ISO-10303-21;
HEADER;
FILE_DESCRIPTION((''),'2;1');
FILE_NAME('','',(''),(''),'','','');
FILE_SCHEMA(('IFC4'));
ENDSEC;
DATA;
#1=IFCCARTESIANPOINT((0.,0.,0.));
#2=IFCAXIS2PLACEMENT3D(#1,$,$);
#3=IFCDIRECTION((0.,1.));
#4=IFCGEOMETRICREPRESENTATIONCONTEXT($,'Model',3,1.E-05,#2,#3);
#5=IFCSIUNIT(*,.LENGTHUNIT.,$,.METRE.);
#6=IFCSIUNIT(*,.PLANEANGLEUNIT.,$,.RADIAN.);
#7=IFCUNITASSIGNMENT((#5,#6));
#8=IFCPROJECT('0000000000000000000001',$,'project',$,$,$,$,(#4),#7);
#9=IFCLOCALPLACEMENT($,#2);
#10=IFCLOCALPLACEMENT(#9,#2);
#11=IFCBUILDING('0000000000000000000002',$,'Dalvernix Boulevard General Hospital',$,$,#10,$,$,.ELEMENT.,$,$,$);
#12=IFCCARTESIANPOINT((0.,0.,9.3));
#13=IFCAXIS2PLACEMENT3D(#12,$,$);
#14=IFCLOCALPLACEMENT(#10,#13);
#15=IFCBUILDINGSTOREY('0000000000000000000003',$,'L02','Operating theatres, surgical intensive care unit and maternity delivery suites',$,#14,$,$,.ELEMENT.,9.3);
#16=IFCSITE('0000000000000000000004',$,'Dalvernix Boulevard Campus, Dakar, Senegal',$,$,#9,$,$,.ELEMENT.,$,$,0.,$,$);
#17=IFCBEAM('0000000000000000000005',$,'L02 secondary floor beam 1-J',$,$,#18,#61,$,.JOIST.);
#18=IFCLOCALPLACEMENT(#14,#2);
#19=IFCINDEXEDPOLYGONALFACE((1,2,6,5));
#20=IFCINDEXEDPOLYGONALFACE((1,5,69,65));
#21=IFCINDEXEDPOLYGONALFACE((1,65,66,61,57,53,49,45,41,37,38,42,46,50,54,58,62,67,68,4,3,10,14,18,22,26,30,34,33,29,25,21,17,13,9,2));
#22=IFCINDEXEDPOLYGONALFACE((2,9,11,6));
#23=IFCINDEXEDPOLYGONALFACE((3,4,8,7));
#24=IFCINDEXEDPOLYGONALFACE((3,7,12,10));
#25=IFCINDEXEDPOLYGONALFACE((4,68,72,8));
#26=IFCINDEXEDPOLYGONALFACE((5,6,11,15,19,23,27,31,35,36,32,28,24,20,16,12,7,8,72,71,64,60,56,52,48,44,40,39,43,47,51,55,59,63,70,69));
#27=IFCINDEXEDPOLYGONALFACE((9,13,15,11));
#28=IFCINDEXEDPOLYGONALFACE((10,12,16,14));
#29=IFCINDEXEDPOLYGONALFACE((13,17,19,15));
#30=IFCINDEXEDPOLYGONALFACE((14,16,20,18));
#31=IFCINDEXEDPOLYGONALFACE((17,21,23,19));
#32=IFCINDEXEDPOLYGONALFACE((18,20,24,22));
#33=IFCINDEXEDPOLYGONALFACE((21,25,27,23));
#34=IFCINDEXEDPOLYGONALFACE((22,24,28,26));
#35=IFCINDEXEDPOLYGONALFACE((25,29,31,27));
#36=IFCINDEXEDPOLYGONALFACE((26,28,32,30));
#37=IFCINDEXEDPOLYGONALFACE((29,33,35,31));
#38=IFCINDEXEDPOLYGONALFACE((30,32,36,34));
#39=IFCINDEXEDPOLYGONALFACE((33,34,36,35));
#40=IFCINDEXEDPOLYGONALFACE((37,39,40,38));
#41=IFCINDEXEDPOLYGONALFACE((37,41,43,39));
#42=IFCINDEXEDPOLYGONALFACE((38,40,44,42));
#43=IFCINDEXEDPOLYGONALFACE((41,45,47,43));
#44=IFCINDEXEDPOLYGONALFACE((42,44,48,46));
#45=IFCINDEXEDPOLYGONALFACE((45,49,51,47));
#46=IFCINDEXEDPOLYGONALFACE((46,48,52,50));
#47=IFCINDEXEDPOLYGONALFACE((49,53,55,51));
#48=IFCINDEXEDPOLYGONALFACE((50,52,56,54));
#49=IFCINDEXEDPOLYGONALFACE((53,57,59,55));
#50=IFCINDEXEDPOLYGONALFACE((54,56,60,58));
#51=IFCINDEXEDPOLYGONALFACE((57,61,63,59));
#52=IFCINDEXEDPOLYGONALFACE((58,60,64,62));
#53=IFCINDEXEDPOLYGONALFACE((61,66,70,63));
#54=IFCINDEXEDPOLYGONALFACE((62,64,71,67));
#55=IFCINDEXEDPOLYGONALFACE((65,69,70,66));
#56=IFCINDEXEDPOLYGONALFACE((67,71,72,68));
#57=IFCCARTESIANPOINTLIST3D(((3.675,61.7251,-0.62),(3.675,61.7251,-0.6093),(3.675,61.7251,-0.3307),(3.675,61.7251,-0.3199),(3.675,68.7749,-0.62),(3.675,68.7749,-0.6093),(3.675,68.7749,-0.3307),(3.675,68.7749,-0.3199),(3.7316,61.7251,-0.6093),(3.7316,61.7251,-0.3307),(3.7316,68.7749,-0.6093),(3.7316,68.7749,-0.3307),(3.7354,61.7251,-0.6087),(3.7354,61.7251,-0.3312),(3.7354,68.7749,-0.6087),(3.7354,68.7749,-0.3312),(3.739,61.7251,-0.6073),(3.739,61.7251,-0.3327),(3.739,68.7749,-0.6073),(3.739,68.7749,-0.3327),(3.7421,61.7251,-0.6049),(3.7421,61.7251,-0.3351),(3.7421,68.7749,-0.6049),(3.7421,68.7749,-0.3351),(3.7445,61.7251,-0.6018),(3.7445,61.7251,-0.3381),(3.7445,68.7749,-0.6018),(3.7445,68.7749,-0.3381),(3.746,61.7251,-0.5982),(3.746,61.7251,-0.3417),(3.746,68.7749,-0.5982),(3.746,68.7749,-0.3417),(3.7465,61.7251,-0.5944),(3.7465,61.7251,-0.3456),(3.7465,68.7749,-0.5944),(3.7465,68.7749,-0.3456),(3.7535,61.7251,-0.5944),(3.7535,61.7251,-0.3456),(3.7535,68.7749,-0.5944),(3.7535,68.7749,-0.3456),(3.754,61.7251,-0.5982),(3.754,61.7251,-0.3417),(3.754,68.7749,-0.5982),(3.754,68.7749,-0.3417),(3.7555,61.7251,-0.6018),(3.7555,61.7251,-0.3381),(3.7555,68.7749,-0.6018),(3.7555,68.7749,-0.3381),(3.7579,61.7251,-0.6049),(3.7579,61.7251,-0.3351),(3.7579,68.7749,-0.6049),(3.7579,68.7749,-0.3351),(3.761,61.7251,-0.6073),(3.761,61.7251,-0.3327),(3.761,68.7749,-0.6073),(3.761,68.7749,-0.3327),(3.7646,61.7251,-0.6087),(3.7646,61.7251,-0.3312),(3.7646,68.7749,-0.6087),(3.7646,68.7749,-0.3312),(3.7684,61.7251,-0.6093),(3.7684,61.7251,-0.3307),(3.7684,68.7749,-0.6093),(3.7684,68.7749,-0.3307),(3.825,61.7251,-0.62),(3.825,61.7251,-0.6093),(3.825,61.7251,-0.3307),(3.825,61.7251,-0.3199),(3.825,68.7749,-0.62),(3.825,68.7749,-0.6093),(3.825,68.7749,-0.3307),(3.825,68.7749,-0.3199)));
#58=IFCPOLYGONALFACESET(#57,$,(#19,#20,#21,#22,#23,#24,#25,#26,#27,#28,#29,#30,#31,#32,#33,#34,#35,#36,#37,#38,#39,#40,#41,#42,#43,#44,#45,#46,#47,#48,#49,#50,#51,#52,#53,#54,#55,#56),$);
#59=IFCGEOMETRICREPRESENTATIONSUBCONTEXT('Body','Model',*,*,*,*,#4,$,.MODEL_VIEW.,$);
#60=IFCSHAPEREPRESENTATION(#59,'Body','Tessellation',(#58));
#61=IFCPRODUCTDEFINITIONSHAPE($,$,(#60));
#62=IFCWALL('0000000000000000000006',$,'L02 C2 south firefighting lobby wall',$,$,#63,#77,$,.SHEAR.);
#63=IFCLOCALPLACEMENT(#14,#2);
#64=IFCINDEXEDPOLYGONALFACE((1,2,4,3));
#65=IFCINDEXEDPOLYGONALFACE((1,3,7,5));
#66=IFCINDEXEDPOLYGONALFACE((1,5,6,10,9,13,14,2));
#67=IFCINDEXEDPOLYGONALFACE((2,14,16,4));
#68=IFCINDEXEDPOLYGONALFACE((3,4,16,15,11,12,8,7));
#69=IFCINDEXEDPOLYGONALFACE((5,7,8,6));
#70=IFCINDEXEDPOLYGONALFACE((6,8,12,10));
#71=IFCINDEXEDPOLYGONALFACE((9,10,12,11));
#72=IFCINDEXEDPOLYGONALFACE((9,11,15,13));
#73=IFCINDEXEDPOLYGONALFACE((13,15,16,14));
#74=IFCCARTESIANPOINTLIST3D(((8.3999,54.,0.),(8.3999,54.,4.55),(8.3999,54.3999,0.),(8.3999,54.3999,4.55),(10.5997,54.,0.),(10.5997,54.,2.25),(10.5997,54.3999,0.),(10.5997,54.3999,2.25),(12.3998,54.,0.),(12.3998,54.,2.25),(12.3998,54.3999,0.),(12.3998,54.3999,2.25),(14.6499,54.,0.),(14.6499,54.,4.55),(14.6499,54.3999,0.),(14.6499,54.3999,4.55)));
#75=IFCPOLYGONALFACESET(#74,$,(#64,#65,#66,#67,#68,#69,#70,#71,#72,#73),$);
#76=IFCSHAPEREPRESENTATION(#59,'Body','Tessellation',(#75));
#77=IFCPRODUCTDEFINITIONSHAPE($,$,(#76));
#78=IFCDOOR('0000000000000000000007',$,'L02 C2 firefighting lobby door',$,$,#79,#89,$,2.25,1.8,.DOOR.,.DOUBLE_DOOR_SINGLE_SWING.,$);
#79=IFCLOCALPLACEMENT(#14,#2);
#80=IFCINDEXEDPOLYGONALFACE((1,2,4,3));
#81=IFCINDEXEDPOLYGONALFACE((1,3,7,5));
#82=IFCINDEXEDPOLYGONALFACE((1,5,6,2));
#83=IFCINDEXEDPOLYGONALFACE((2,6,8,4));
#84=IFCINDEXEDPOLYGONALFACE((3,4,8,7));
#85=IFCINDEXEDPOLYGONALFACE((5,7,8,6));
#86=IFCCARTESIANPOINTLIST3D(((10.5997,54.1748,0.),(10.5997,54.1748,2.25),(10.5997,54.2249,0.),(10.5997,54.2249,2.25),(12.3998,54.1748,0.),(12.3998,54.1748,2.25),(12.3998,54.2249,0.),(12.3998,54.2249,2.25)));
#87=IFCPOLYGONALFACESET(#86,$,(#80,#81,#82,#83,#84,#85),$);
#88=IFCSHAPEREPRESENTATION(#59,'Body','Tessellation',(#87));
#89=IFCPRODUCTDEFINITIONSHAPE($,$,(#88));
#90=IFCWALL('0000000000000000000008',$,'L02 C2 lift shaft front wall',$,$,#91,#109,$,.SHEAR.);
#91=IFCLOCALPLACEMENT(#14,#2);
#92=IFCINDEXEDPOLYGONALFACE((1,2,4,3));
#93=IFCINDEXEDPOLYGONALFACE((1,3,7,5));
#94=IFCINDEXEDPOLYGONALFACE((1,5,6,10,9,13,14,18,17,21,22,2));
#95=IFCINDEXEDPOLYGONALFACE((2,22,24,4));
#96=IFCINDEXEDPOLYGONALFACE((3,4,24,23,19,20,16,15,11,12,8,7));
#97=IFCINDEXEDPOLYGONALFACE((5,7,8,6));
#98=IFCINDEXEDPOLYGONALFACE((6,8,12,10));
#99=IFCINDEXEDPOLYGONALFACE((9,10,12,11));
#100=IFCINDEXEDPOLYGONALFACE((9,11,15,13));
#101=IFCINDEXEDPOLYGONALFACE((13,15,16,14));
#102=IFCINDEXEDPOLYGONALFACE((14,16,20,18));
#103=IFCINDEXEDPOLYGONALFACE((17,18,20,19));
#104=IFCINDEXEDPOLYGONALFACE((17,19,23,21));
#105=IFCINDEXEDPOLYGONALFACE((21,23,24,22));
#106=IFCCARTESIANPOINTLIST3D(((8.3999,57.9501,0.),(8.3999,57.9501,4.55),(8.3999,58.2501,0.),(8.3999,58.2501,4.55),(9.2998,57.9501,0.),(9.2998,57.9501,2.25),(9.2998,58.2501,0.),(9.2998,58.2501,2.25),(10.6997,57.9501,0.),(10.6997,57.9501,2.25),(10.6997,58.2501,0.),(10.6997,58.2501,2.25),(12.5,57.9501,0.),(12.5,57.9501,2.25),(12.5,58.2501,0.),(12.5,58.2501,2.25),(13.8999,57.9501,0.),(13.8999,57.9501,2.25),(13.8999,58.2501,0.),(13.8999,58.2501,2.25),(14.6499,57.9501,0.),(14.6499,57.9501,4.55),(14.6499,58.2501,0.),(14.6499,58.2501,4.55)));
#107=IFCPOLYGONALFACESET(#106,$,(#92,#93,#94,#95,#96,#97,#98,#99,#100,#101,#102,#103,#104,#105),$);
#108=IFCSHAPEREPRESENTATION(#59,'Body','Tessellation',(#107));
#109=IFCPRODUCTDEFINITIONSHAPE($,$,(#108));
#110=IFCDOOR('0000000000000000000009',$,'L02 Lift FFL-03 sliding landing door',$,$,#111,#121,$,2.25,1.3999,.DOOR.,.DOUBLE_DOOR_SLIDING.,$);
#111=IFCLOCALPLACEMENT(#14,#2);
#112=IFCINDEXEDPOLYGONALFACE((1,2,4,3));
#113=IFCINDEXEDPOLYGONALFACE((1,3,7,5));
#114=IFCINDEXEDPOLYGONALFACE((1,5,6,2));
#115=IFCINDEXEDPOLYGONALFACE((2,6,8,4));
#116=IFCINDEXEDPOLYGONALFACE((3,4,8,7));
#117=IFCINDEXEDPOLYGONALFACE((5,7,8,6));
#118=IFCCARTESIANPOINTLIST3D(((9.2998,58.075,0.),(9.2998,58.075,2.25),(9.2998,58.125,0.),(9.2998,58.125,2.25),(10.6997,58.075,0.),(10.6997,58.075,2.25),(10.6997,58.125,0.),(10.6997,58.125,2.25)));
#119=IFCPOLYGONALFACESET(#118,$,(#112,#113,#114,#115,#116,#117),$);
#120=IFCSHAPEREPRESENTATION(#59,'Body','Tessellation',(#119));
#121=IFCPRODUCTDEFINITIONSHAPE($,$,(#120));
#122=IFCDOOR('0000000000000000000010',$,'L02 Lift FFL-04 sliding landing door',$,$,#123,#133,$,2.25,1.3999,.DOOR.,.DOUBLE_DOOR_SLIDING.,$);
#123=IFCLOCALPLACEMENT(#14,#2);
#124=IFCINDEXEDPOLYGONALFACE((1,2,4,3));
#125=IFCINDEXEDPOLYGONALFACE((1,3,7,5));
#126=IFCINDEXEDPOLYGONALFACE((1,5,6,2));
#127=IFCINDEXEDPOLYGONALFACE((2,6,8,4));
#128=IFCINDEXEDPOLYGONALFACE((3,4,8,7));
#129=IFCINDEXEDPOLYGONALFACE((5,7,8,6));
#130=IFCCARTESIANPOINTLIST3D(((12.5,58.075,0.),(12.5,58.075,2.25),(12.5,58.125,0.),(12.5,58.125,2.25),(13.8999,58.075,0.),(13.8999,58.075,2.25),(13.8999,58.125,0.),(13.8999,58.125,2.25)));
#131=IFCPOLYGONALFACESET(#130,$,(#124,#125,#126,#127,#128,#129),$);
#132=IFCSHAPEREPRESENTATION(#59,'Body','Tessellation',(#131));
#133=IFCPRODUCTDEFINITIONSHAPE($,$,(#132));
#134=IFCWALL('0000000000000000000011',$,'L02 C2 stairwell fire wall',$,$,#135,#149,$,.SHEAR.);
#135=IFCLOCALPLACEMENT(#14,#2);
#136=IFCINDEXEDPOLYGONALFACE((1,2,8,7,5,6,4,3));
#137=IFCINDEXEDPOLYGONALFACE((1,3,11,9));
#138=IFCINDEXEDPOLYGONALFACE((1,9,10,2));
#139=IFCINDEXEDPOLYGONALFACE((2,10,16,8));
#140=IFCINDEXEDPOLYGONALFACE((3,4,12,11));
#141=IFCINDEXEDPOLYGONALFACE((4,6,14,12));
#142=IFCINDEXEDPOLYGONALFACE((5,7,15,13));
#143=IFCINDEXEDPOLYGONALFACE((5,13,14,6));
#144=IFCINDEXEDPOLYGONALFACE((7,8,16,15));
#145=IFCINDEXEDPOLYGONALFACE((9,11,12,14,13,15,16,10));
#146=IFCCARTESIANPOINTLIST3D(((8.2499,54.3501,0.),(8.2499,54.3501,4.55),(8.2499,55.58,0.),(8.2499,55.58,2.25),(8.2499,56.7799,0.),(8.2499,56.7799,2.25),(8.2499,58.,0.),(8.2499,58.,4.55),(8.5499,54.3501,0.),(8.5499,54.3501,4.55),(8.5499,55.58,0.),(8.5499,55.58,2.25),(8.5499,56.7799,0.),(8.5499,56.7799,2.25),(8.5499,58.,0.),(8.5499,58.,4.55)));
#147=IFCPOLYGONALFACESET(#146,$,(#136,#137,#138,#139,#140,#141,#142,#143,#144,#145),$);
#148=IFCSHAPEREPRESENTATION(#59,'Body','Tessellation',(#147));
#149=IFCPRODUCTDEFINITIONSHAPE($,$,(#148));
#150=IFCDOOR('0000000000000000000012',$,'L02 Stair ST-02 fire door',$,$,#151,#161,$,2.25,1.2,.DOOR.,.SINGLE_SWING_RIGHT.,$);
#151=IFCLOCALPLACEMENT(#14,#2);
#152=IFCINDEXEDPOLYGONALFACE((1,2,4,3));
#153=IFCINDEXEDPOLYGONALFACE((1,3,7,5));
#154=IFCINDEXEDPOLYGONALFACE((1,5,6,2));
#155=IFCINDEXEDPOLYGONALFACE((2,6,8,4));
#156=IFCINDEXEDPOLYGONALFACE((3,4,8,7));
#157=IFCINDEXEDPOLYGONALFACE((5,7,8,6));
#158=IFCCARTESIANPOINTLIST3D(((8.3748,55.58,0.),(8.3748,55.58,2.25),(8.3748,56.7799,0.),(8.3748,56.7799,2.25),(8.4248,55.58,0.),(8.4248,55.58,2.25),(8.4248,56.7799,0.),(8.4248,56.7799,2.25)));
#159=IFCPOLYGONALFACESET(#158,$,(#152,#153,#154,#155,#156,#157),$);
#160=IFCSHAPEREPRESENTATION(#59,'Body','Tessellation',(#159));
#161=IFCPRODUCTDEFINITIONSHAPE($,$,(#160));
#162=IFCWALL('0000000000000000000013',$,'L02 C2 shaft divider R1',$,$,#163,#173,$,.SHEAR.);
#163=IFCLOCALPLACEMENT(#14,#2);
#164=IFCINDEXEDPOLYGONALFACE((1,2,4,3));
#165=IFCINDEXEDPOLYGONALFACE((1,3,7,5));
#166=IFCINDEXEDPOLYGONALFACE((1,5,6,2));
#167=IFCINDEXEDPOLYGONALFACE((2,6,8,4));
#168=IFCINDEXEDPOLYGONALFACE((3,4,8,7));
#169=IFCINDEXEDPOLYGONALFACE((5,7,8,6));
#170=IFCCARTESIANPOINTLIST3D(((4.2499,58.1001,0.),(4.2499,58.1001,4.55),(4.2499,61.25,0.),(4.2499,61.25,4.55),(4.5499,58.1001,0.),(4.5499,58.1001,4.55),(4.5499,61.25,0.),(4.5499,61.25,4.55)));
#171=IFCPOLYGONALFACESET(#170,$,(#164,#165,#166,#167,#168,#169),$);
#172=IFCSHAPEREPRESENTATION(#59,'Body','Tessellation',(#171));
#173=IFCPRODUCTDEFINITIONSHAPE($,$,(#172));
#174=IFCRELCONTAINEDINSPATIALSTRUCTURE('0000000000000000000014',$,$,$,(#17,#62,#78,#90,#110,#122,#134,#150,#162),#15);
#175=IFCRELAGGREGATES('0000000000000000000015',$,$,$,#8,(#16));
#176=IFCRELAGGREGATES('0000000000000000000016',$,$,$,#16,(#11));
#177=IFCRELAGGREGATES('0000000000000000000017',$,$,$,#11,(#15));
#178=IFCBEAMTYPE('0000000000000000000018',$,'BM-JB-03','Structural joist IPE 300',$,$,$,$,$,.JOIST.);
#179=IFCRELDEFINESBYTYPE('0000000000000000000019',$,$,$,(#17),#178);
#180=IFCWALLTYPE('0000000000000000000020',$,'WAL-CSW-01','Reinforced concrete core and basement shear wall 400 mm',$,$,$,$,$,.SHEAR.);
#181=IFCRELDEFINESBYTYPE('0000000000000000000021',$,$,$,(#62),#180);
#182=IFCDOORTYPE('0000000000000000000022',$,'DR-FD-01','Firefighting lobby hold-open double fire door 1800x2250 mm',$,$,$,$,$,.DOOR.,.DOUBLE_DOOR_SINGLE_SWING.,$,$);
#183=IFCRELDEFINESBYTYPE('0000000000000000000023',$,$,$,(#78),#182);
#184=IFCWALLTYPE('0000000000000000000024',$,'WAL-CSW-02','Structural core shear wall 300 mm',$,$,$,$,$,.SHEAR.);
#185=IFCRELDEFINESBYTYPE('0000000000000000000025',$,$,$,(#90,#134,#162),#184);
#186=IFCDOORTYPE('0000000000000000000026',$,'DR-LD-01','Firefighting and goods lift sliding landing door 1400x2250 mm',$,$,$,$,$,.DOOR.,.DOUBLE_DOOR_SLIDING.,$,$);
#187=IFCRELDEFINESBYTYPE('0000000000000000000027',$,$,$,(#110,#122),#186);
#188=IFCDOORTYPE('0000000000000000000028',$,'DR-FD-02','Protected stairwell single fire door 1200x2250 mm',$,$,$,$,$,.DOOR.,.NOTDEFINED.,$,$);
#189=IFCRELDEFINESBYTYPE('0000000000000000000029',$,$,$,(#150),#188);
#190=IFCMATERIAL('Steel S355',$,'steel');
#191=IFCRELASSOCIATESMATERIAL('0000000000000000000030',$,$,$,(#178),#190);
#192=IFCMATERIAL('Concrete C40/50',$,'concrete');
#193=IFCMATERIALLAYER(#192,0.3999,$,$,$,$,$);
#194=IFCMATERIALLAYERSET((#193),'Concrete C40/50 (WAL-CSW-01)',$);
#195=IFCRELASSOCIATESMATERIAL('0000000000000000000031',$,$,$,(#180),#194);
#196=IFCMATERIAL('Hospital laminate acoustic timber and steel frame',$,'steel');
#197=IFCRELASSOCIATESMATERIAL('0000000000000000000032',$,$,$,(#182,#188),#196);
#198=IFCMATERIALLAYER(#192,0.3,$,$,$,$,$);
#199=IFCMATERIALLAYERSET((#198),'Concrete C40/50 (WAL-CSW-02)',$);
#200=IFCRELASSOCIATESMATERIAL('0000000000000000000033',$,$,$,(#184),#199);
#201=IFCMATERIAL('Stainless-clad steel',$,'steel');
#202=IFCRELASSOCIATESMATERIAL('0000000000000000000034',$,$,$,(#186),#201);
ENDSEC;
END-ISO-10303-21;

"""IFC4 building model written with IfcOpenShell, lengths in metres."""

from ifc_helpers import new_model, si_unit, direction, frame, frame_2d, origin, origin_2d, place, context, subcontext, project, spatial, rectangle, i_section, extrude, material, layer, layer_set, material_profile, profile_set, type_object, element, fill, save


model = new_model("IFC4")

# Units and contexts
model_context = context("Model", 3, precision=1e-05, world=origin(), true_north=direction((0.0, 1.0)))
body_context = subcontext(model_context, "Body", "Model", "MODEL_VIEW")
ifc_project = project(units=[si_unit("LENGTHUNIT", "METRE"), si_unit("PLANEANGLEUNIT", "RADIAN")], contexts=[model_context])

# Site, building, storey
site_placement = place(None, origin())
site = spatial("IfcSite", under=ifc_project, at=site_placement, Name="Dalvernix Boulevard Campus, Dakar, Senegal", CompositionType="ELEMENT", RefElevation=0.0)
building_placement = place(site_placement, origin())
building = spatial("IfcBuilding", under=site, at=building_placement, Name="Dalvernix Boulevard General Hospital", CompositionType="ELEMENT")
storey_placement = place(building_placement, frame((0.0, 0.0, 9.3)))
storey = spatial("IfcBuildingStorey", under=building, at=storey_placement, Name="L02", Description="Operating theatres, surgical intensive care unit and maternity delivery suites", CompositionType="ELEMENT", Elevation=9.3)

# Shared definitions
ifc_material_1 = material(Name="Concrete C40/50", Category="concrete")

# Beam
ifc_material_2 = material(Name="Steel S355", Category="steel")
ifc_material_profile_1 = material_profile(ifc_material_2, i_section(OverallWidth=0.1499, OverallDepth=0.3, WebThickness=0.0071, FlangeThickness=0.0107, FilletRadius=0.0149, at=origin_2d()), Name="IPE 300")
ifc_profile_set_1 = profile_set([ifc_material_profile_1], Name="Steel S355")
beam_type_1 = type_object("IfcBeamType", Name="BM-JB-03", Description="Structural joist IPE 300", PredefinedType="JOIST", material=ifc_profile_set_1)
for number, where, z_axis, x_axis, name in (
    (1, (3.75, 61.7251, -0.47), (0.0, 1.0, 0.0), (-1.0, 0.0, 0.0), "L02 secondary floor beam 1-J"),
):
    element("IfcBeam", number, at=place(storey_placement, frame(where, z_axis=z_axis, x_axis=x_axis)), inside=storey, type_object=beam_type_1, Name=name, PredefinedType="JOIST", context=body_context, shape_type="SweptSolid", body=[
        extrude(i_section(OverallWidth=0.1499, OverallDepth=0.3, WebThickness=0.0071, FlangeThickness=0.0107, FilletRadius=0.0149, at=origin_2d()), origin(), (0.0, 0.0, 1.0), 7.0498),
    ])

# Wall, opening, door
ifc_layer_1 = layer(ifc_material_1, 0.3999)
ifc_layer_set_1 = layer_set([ifc_layer_1], Name="Concrete C40/50 (WAL-CSW-01)")
wall_type_1 = type_object("IfcWallType", Name="WAL-CSW-01", Description="Reinforced concrete core and basement shear wall 400 mm", PredefinedType="SHEAR", material=ifc_layer_set_1)
wall_1_placement = place(storey_placement, frame((8.3999, 54.2, 0.0), z_axis=(0.0, 0.0, 1.0), x_axis=(1.0, 0.0, 0.0)))
wall_1 = element("IfcWall", 2, at=wall_1_placement, inside=storey, type_object=wall_type_1, Name="L02 C2 south firefighting lobby wall", PredefinedType="SHEAR", context=body_context, shape_type="SweptSolid", body=[
    extrude(rectangle(XDim=6.25, YDim=0.3999, at=frame_2d((3.125, 0.0))), origin(), (0.0, 0.0, 1.0), 4.55),
])
opening_1_placement = place(wall_1_placement, frame((2.2, 0.0, 0.0)))
opening_1 = element("IfcOpeningElement", 3, at=opening_1_placement, cuts=wall_1, PredefinedType="OPENING", context=body_context, shape_type="SweptSolid", body=[
    extrude(rectangle(XDim=1.8, YDim=2.25, at=frame_2d((0.8999, 1.125))), frame((0.0, 0.21, 0.0), z_axis=(0.0, -1.0, 0.0), x_axis=(1.0, 0.0, 0.0)), (0.0, 0.0, 1.0), 0.4199),
])
ifc_material_3 = material(Name="Hospital laminate acoustic timber and steel frame", Category="steel")
door_type_1 = type_object("IfcDoorType", Name="DR-FD-01", Description="Firefighting lobby hold-open double fire door 1800x2250 mm", OperationType="DOUBLE_DOOR_SINGLE_SWING", PredefinedType="DOOR", material=ifc_material_3)
door_1_placement = place(opening_1_placement, origin())
door_1 = element("IfcDoor", 4, at=door_1_placement, inside=storey, type_object=door_type_1, Name="L02 C2 firefighting lobby door", OperationType="DOUBLE_DOOR_SINGLE_SWING", OverallHeight=2.25, OverallWidth=1.8, PredefinedType="DOOR", context=body_context, shape_type="SweptSolid", body=[
    extrude(rectangle(XDim=1.8, YDim=2.25, at=frame_2d((0.8999, 1.125))), frame((0.0, 0.0249, 0.0), z_axis=(0.0, -1.0, 0.0), x_axis=(1.0, 0.0, 0.0)), (0.0, 0.0, 1.0), 0.05),
])
fill(opening_1, door_1)

# Wall, openings, doors
ifc_layer_2 = layer(ifc_material_1, 0.3)
ifc_layer_set_2 = layer_set([ifc_layer_2], Name="Concrete C40/50 (WAL-CSW-02)")
wall_type_2 = type_object("IfcWallType", Name="WAL-CSW-02", Description="Structural core shear wall 300 mm", PredefinedType="SHEAR", material=ifc_layer_set_2)
wall_2_placement = place(storey_placement, frame((8.3999, 58.1001, 0.0), z_axis=(0.0, 0.0, 1.0), x_axis=(1.0, 0.0, 0.0)))
wall_2 = element("IfcWall", 5, at=wall_2_placement, inside=storey, type_object=wall_type_2, Name="L02 C2 lift shaft front wall", PredefinedType="SHEAR", context=body_context, shape_type="SweptSolid", body=[
    extrude(rectangle(XDim=6.25, YDim=0.3, at=frame_2d((3.125, 0.0))), origin(), (0.0, 0.0, 1.0), 4.55),
])
opening_2_placement = place(wall_2_placement, frame((0.8999, 0.0, 0.0)))
opening_2 = element("IfcOpeningElement", 6, at=opening_2_placement, cuts=wall_2, PredefinedType="OPENING", context=body_context, shape_type="SweptSolid", body=[
    extrude(rectangle(XDim=1.3999, YDim=2.25, at=frame_2d((0.7, 1.125))), frame((0.0, 0.1599, 0.0), z_axis=(0.0, -1.0, 0.0), x_axis=(1.0, 0.0, 0.0)), (0.0, 0.0, 1.0), 0.3201),
])
opening_3_placement = place(wall_2_placement, frame((4.1001, 0.0, 0.0)))
opening_3 = element("IfcOpeningElement", 7, at=opening_3_placement, cuts=wall_2, PredefinedType="OPENING", context=body_context, shape_type="SweptSolid", body=[
    extrude(rectangle(XDim=1.3999, YDim=2.25, at=frame_2d((0.7, 1.125))), frame((0.0, 0.1599, 0.0), z_axis=(0.0, -1.0, 0.0), x_axis=(1.0, 0.0, 0.0)), (0.0, 0.0, 1.0), 0.3201),
])
ifc_material_4 = material(Name="Stainless-clad steel", Category="steel")
door_type_2 = type_object("IfcDoorType", Name="DR-LD-01", Description="Firefighting and goods lift sliding landing door 1400x2250 mm", OperationType="DOUBLE_DOOR_SLIDING", PredefinedType="DOOR", material=ifc_material_4)
door_2_placement = place(opening_2_placement, origin())
door_2 = element("IfcDoor", 8, at=door_2_placement, inside=storey, type_object=door_type_2, Name="L02 Lift FFL-03 sliding landing door", OperationType="DOUBLE_DOOR_SLIDING", OverallHeight=2.25, OverallWidth=1.3999, PredefinedType="DOOR", context=body_context, shape_type="SweptSolid", body=[
    extrude(rectangle(XDim=1.3999, YDim=2.25, at=frame_2d((0.7, 1.125))), frame((0.0, 0.0249, 0.0), z_axis=(0.0, -1.0, 0.0), x_axis=(1.0, 0.0, 0.0)), (0.0, 0.0, 1.0), 0.05),
])
fill(opening_2, door_2)
door_3_placement = place(opening_3_placement, origin())
door_3 = element("IfcDoor", 9, at=door_3_placement, inside=storey, type_object=door_type_2, Name="L02 Lift FFL-04 sliding landing door", OperationType="DOUBLE_DOOR_SLIDING", OverallHeight=2.25, OverallWidth=1.3999, PredefinedType="DOOR", context=body_context, shape_type="SweptSolid", body=[
    extrude(rectangle(XDim=1.3999, YDim=2.25, at=frame_2d((0.7, 1.125))), frame((0.0, 0.0249, 0.0), z_axis=(0.0, -1.0, 0.0), x_axis=(1.0, 0.0, 0.0)), (0.0, 0.0, 1.0), 0.05),
])
fill(opening_3, door_3)

# Wall, opening, door
wall_3_placement = place(storey_placement, frame((8.3999, 58.0, 0.0), z_axis=(0.0, 0.0, 1.0), x_axis=(0.0, -1.0, 0.0)))
wall_3 = element("IfcWall", 10, at=wall_3_placement, inside=storey, type_object=wall_type_2, Name="L02 C2 stairwell fire wall", PredefinedType="SHEAR", context=body_context, shape_type="SweptSolid", body=[
    extrude(rectangle(XDim=3.6499, YDim=0.3, at=frame_2d((1.825, 0.0))), origin(), (0.0, 0.0, 1.0), 4.55),
])
opening_4_placement = place(wall_3_placement, frame((1.22, 0.0, 0.0)))
opening_4 = element("IfcOpeningElement", 11, at=opening_4_placement, cuts=wall_3, PredefinedType="OPENING", context=body_context, shape_type="SweptSolid", body=[
    extrude(rectangle(XDim=1.2, YDim=2.25, at=frame_2d((0.6001, 1.125))), frame((0.0, 0.1599, 0.0), z_axis=(0.0, -1.0, 0.0), x_axis=(1.0, 0.0, 0.0)), (0.0, 0.0, 1.0), 0.3201),
])
door_type_3 = type_object("IfcDoorType", Name="DR-FD-02", Description="Protected stairwell single fire door 1200x2250 mm", OperationType="NOTDEFINED", PredefinedType="DOOR", material=ifc_material_3)
door_4_placement = place(opening_4_placement, origin())
door_4 = element("IfcDoor", 12, at=door_4_placement, inside=storey, type_object=door_type_3, Name="L02 Stair ST-02 fire door", OperationType="SINGLE_SWING_RIGHT", OverallHeight=2.25, OverallWidth=1.2, PredefinedType="DOOR", context=body_context, shape_type="SweptSolid", body=[
    extrude(rectangle(XDim=1.2, YDim=2.25, at=frame_2d((0.6001, 1.125))), frame((0.0, 0.0249, 0.0), z_axis=(0.0, -1.0, 0.0), x_axis=(1.0, 0.0, 0.0)), (0.0, 0.0, 1.0), 0.05),
])
fill(opening_4, door_4)

# Wall
wall_4_placement = place(storey_placement, frame((4.3999, 58.1001, 0.0), z_axis=(0.0, 0.0, 1.0), x_axis=(0.0, 1.0, 0.0)))
element("IfcWall", 13, at=wall_4_placement, inside=storey, type_object=wall_type_2, Name="L02 C2 shaft divider R1", PredefinedType="SHEAR", context=body_context, shape_type="SweptSolid", body=[
    extrude(rectangle(XDim=3.1499, YDim=0.3, at=frame_2d((1.575, 0.0))), origin(), (0.0, 0.0, 1.0), 4.55),
])

save(model, "model.ifc")
